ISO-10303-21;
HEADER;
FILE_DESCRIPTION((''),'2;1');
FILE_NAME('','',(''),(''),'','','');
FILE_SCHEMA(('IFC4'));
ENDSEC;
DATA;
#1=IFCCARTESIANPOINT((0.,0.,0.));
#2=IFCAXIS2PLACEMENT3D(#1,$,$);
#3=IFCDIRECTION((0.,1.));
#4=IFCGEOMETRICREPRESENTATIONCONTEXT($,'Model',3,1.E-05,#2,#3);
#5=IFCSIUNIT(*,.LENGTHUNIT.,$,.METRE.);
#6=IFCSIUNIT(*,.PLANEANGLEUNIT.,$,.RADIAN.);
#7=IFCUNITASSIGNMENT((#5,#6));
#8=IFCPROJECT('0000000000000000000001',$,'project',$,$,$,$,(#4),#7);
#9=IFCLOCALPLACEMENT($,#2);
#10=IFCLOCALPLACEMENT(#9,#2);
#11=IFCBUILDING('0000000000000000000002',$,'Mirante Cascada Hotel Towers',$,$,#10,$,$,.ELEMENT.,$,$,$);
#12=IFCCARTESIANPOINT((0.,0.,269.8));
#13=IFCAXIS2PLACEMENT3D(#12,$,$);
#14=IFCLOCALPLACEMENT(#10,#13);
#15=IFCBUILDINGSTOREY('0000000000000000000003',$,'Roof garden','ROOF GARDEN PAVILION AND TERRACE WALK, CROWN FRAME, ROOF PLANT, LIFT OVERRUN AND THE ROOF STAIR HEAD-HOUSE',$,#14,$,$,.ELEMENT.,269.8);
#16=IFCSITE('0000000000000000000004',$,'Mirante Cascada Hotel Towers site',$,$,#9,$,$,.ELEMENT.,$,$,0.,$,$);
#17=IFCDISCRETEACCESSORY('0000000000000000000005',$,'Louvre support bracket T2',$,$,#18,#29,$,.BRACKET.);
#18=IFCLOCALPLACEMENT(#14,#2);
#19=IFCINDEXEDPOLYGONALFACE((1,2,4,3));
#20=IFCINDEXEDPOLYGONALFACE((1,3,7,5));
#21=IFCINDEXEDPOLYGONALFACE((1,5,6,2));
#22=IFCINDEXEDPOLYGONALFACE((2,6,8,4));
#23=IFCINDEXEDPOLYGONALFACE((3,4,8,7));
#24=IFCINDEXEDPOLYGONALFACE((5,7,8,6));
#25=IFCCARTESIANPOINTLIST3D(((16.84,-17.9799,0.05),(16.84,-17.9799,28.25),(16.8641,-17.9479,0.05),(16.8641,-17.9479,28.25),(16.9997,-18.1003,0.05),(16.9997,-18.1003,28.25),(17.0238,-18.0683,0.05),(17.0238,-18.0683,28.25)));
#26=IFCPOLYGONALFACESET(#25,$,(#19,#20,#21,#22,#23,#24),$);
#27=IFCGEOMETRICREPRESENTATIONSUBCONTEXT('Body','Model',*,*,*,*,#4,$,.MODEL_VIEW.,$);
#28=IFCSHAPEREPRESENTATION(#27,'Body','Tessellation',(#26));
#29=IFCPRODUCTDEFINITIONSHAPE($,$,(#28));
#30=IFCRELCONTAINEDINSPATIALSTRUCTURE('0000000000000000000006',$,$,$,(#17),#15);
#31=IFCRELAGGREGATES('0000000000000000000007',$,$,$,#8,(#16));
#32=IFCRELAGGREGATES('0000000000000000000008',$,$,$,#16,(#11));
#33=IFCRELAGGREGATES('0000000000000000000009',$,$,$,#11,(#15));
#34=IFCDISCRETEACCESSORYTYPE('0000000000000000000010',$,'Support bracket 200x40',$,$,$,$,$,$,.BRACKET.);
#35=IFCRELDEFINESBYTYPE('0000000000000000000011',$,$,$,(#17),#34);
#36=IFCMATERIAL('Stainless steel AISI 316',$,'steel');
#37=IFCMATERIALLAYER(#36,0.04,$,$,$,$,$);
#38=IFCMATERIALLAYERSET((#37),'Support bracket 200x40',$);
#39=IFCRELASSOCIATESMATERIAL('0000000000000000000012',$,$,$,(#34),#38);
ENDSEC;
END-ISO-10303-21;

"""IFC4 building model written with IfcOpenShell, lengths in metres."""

from ifc_helpers import new_model, si_unit, direction, frame, origin, origin_2d, place, context, subcontext, project, spatial, rectangle, extrude, material, layer, layer_set, type_object, element, save


model = new_model("IFC4")

# Units and contexts
model_context = context("Model", 3, precision=1e-05, world=origin(), true_north=direction((0.0, 1.0)))
body_context = subcontext(model_context, "Body", "Model", "MODEL_VIEW")
ifc_project = project(units=[si_unit("LENGTHUNIT", "METRE"), si_unit("PLANEANGLEUNIT", "RADIAN")], contexts=[model_context])

# Site, building, storey
site_placement = place(None, origin())
site = spatial("IfcSite", under=ifc_project, at=site_placement, Name="Mirante Cascada Hotel Towers site", CompositionType="ELEMENT", RefElevation=0.0)
building_placement = place(site_placement, origin())
building = spatial("IfcBuilding", under=site, at=building_placement, Name="Mirante Cascada Hotel Towers", CompositionType="ELEMENT")
storey_placement = place(building_placement, frame((0.0, 0.0, 269.8)))
storey = spatial("IfcBuildingStorey", under=building, at=storey_placement, Name="Roof garden", Description="ROOF GARDEN PAVILION AND TERRACE WALK, CROWN FRAME, ROOF PLANT, LIFT OVERRUN AND THE ROOF STAIR HEAD-HOUSE", CompositionType="ELEMENT", Elevation=269.8)

# Discrete accessory
ifc_material_1 = material(Name="Stainless steel AISI 316", Category="steel")
ifc_layer_1 = layer(ifc_material_1, 0.04)
ifc_layer_set_1 = layer_set([ifc_layer_1], Name="Support bracket 200x40")
discrete_accessory_type_1 = type_object("IfcDiscreteAccessoryType", Name="Support bracket 200x40", PredefinedType="BRACKET", material=ifc_layer_set_1)
discrete_accessory_1_placement = place(storey_placement, frame((16.9319, -18.0241, 0.05), z_axis=(0.0, 0.0, 1.0), x_axis=(-0.798636, 0.601815, 0.0)))
element("IfcDiscreteAccessory", 1, at=discrete_accessory_1_placement, inside=storey, type_object=discrete_accessory_type_1, Name="Louvre support bracket T2", PredefinedType="BRACKET", context=body_context, shape_type="SweptSolid", body=[
    extrude(rectangle(XDim=0.2, YDim=0.04, at=origin_2d()), origin(), (0.0, 0.0, 1.0), 28.2),
])

save(model, "model.ifc")
